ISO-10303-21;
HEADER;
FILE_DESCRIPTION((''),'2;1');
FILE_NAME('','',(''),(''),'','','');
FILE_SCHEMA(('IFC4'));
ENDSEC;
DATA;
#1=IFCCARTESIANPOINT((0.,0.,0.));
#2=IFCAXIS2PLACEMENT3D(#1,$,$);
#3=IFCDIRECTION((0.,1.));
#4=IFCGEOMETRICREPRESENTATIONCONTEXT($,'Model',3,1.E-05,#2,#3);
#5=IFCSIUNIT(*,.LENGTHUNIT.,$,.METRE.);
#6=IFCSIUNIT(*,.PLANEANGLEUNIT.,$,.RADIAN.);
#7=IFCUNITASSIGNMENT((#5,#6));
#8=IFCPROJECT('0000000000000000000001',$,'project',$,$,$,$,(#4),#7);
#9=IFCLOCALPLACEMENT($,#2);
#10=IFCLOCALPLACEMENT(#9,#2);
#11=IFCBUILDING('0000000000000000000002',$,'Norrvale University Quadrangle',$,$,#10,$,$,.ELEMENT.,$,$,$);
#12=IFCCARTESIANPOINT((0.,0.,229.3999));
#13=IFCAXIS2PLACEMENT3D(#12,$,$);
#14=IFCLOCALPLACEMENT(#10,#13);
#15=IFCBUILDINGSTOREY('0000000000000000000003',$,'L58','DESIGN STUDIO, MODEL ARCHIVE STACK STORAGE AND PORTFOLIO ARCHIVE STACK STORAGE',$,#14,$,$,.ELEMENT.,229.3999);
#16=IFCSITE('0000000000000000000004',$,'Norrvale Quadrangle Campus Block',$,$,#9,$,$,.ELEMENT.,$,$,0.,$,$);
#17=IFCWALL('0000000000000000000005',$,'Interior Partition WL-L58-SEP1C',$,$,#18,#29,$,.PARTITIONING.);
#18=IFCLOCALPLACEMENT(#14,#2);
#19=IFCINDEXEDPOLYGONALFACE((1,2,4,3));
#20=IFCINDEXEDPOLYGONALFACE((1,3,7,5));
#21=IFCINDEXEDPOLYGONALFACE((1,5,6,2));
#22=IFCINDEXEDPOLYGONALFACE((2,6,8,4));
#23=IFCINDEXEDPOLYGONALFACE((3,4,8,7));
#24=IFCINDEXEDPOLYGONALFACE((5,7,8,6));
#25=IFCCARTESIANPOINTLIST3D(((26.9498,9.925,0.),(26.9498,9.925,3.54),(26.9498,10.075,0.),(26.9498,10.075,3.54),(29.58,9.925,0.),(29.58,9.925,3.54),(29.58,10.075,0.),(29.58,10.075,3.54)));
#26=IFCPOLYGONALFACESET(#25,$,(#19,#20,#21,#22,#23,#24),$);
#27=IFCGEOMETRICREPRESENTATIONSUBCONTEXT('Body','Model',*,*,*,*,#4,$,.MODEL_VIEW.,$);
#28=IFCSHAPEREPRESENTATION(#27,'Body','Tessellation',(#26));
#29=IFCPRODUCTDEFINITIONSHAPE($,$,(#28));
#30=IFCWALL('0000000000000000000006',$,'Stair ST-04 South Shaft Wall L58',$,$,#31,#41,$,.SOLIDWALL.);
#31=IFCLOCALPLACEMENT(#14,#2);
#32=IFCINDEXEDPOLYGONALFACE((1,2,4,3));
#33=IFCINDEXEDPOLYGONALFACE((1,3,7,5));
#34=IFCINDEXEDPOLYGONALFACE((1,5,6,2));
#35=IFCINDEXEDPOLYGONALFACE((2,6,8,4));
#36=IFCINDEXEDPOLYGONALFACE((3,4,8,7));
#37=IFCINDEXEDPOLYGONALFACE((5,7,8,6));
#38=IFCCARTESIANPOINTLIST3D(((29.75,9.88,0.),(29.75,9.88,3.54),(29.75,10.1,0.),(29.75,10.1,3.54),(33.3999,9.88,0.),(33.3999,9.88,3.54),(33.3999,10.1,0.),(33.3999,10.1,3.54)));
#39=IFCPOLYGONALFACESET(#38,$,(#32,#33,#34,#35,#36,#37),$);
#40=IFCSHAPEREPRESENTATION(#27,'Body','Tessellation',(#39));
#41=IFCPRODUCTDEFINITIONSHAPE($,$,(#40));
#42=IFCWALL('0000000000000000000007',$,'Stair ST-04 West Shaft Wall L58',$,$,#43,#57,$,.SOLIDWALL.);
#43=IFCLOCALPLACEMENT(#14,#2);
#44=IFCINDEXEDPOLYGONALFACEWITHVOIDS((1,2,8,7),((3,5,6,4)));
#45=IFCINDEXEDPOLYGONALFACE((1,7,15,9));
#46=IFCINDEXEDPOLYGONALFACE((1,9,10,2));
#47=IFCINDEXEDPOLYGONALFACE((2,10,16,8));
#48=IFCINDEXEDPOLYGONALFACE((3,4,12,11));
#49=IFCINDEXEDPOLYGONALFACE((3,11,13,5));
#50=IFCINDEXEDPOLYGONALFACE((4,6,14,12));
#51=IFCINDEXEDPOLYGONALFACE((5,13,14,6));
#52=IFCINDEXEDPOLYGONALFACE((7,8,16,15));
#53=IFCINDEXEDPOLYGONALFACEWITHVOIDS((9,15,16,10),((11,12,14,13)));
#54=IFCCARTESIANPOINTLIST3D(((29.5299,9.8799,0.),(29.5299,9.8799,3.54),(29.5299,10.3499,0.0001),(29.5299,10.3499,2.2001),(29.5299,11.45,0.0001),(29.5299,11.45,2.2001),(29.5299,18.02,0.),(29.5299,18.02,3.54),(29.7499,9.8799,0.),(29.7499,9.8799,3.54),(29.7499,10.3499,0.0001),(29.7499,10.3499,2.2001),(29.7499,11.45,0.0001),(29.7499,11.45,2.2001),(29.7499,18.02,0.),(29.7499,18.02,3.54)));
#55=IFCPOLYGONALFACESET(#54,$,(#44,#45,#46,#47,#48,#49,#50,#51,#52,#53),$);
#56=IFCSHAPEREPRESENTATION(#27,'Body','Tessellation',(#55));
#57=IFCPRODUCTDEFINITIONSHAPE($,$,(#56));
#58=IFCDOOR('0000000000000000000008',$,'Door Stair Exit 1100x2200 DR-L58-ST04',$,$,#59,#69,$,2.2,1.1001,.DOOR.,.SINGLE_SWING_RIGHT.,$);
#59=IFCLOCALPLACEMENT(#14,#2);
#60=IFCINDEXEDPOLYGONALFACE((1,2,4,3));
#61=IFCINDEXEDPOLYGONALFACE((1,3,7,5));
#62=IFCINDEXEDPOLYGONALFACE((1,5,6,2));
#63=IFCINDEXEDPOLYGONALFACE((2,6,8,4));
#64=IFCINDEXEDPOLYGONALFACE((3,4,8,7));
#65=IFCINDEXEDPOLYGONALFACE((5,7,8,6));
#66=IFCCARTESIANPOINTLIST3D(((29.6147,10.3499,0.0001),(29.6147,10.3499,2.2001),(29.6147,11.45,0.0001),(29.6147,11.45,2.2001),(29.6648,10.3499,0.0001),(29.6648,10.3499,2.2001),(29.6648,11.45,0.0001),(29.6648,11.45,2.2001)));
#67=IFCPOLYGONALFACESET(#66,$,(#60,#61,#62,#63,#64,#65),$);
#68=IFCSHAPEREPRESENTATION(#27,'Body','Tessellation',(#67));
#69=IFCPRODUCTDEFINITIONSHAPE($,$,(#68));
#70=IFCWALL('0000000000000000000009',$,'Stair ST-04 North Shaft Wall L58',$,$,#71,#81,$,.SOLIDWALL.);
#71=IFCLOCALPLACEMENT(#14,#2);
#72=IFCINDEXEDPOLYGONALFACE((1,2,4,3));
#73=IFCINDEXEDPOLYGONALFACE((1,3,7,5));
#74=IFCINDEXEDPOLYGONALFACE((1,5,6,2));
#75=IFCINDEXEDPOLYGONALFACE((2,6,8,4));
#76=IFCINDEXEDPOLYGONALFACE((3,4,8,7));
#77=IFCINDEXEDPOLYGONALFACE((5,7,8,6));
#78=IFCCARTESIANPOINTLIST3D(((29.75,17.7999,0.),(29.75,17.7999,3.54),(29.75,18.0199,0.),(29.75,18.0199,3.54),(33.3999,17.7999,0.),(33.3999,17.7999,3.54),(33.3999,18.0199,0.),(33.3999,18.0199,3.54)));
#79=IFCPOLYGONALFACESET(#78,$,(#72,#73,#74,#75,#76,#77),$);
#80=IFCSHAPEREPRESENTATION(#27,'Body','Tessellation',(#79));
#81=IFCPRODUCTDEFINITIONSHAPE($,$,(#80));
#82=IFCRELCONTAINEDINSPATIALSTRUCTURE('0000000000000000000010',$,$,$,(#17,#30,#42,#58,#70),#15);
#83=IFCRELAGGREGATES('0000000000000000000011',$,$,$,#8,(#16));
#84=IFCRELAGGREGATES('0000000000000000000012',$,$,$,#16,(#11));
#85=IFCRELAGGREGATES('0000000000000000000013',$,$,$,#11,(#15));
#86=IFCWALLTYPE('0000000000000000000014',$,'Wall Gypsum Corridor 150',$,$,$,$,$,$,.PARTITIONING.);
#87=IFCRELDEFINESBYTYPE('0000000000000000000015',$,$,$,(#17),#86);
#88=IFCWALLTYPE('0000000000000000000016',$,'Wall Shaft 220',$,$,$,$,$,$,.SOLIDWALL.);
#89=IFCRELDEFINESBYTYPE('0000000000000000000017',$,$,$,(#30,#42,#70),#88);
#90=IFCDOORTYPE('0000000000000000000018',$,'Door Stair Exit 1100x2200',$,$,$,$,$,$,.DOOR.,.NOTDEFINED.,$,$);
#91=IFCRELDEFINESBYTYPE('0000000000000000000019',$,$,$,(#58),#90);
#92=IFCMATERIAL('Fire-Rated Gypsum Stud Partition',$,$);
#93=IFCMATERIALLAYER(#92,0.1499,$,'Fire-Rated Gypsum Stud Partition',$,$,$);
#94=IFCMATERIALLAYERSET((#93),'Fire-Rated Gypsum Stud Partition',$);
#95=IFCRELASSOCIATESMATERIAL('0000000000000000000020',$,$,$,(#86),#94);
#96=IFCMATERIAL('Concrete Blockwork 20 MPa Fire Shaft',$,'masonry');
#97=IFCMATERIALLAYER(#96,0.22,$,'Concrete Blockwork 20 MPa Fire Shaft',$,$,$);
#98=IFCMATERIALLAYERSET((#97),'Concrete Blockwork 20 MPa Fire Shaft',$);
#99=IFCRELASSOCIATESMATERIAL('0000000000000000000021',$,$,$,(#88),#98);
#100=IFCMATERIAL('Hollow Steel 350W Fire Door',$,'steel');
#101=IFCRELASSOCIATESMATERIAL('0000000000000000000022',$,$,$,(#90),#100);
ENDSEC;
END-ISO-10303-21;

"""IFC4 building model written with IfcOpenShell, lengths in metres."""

from ifc_helpers import new_model, si_unit, direction, frame, frame_2d, origin, place, context, subcontext, project, spatial, rectangle, extrude, material, layer, layer_set, type_object, element, fill, save


model = new_model("IFC4")

# Units and contexts
model_context = context("Model", 3, precision=1e-05, world=origin(), true_north=direction((0.0, 1.0)))
body_context = subcontext(model_context, "Body", "Model", "MODEL_VIEW")
ifc_project = project(units=[si_unit("LENGTHUNIT", "METRE"), si_unit("PLANEANGLEUNIT", "RADIAN")], contexts=[model_context])

# Site, building, storey
site_placement = place(None, origin())
site = spatial("IfcSite", under=ifc_project, at=site_placement, Name="Norrvale Quadrangle Campus Block", CompositionType="ELEMENT", RefElevation=0.0)
building_placement = place(site_placement, origin())
building = spatial("IfcBuilding", under=site, at=building_placement, Name="Norrvale University Quadrangle", CompositionType="ELEMENT")
storey_placement = place(building_placement, frame((0.0, 0.0, 229.3999)))
storey = spatial("IfcBuildingStorey", under=building, at=storey_placement, Name="L58", Description="DESIGN STUDIO, MODEL ARCHIVE STACK STORAGE AND PORTFOLIO ARCHIVE STACK STORAGE", CompositionType="ELEMENT", Elevation=229.3999)

# Shared definitions
ifc_material_1 = material(Name="Fire-Rated Gypsum Stud Partition")
ifc_layer_1 = layer(ifc_material_1, 0.1499, Name="Fire-Rated Gypsum Stud Partition")
ifc_layer_set_1 = layer_set([ifc_layer_1], Name="Fire-Rated Gypsum Stud Partition")
wall_type_1 = type_object("IfcWallType", Name="Wall Gypsum Corridor 150", PredefinedType="PARTITIONING", material=ifc_layer_set_1)

# Walls
wall_1_placement = place(storey_placement, frame((26.95, 10.0, 0.0), z_axis=(0.0, 0.0, 1.0), x_axis=(1.0, 0.0, 0.0)))
element("IfcWall", 1, at=wall_1_placement, inside=storey, type_object=wall_type_1, Name="Interior Partition WL-L58-SEP1C", PredefinedType="PARTITIONING", context=body_context, shape_type="SweptSolid", body=[
    extrude(rectangle(XDim=2.6301, YDim=0.1499, at=frame_2d((1.3149, 0.0))), origin(), (0.0, 0.0, 1.0), 3.54),
])
ifc_material_2 = material(Name="Concrete Blockwork 20 MPa Fire Shaft", Category="masonry")
ifc_layer_2 = layer(ifc_material_2, 0.22, Name="Concrete Blockwork 20 MPa Fire Shaft")
ifc_layer_set_2 = layer_set([ifc_layer_2], Name="Concrete Blockwork 20 MPa Fire Shaft")
wall_type_2 = type_object("IfcWallType", Name="Wall Shaft 220", PredefinedType="SOLIDWALL", material=ifc_layer_set_2)
wall_2_placement = place(storey_placement, frame((29.75, 9.99, 0.0), z_axis=(0.0, 0.0, 1.0), x_axis=(1.0, 0.0, 0.0)))
element("IfcWall", 2, at=wall_2_placement, inside=storey, type_object=wall_type_2, Name="Stair ST-04 South Shaft Wall L58", PredefinedType="SOLIDWALL", context=body_context, shape_type="SweptSolid", body=[
    extrude(rectangle(XDim=3.6499, YDim=0.22, at=frame_2d((1.825, 0.0))), origin(), (0.0, 0.0, 1.0), 3.54),
])

# Wall, opening, door
wall_3_placement = place(storey_placement, frame((29.6399, 9.8799, 0.0), z_axis=(0.0, 0.0, 1.0), x_axis=(0.0, 1.0, 0.0)))
wall_3 = element("IfcWall", 3, at=wall_3_placement, inside=storey, type_object=wall_type_2, Name="Stair ST-04 West Shaft Wall L58", PredefinedType="SOLIDWALL", context=body_context, shape_type="SweptSolid", body=[
    extrude(rectangle(XDim=8.1401, YDim=0.22, at=frame_2d((4.0701, 0.0))), origin(), (0.0, 0.0, 1.0), 3.54),
])
opening_1_placement = place(wall_3_placement, frame((0.47, 0.0, 0.0)))
opening_1 = element("IfcOpeningElement", 4, at=opening_1_placement, cuts=wall_3, PredefinedType="OPENING", context=body_context, shape_type="SweptSolid", body=[
    extrude(rectangle(XDim=1.1001, YDim=2.2, at=frame_2d((0.55, 1.1001))), frame((0.0, 0.1221, 0.0), z_axis=(0.0, -1.0, 0.0), x_axis=(1.0, 0.0, 0.0)), (0.0, 0.0, 1.0), 0.2439),
])
ifc_material_3 = material(Name="Hollow Steel 350W Fire Door", Category="steel")
door_type_1 = type_object("IfcDoorType", Name="Door Stair Exit 1100x2200", OperationType="NOTDEFINED", PredefinedType="DOOR", material=ifc_material_3)
door_1_placement = place(opening_1_placement, frame((1.1001, 0.0, 0.0), z_axis=(0.0, 0.0, 1.0), x_axis=(-1.0, 0.0, 0.0)))
door_1 = element("IfcDoor", 5, at=door_1_placement, inside=storey, type_object=door_type_1, Name="Door Stair Exit 1100x2200 DR-L58-ST04", OperationType="SINGLE_SWING_RIGHT", OverallHeight=2.2, OverallWidth=1.1001, PredefinedType="DOOR", context=body_context, shape_type="SweptSolid", body=[
    extrude(rectangle(XDim=1.1001, YDim=2.2, at=frame_2d((0.55, 1.1001))), frame((0.0, 0.0249, 0.0), z_axis=(0.0, -1.0, 0.0), x_axis=(1.0, 0.0, 0.0)), (0.0, 0.0, 1.0), 0.05),
])
fill(opening_1, door_1)

# Wall
wall_4_placement = place(storey_placement, frame((29.75, 17.9099, 0.0), z_axis=(0.0, 0.0, 1.0), x_axis=(1.0, 0.0, 0.0)))
element("IfcWall", 6, at=wall_4_placement, inside=storey, type_object=wall_type_2, Name="Stair ST-04 North Shaft Wall L58", PredefinedType="SOLIDWALL", context=body_context, shape_type="SweptSolid", body=[
    extrude(rectangle(XDim=3.6499, YDim=0.22, at=frame_2d((1.825, 0.0))), origin(), (0.0, 0.0, 1.0), 3.54),
])

save(model, "model.ifc")
